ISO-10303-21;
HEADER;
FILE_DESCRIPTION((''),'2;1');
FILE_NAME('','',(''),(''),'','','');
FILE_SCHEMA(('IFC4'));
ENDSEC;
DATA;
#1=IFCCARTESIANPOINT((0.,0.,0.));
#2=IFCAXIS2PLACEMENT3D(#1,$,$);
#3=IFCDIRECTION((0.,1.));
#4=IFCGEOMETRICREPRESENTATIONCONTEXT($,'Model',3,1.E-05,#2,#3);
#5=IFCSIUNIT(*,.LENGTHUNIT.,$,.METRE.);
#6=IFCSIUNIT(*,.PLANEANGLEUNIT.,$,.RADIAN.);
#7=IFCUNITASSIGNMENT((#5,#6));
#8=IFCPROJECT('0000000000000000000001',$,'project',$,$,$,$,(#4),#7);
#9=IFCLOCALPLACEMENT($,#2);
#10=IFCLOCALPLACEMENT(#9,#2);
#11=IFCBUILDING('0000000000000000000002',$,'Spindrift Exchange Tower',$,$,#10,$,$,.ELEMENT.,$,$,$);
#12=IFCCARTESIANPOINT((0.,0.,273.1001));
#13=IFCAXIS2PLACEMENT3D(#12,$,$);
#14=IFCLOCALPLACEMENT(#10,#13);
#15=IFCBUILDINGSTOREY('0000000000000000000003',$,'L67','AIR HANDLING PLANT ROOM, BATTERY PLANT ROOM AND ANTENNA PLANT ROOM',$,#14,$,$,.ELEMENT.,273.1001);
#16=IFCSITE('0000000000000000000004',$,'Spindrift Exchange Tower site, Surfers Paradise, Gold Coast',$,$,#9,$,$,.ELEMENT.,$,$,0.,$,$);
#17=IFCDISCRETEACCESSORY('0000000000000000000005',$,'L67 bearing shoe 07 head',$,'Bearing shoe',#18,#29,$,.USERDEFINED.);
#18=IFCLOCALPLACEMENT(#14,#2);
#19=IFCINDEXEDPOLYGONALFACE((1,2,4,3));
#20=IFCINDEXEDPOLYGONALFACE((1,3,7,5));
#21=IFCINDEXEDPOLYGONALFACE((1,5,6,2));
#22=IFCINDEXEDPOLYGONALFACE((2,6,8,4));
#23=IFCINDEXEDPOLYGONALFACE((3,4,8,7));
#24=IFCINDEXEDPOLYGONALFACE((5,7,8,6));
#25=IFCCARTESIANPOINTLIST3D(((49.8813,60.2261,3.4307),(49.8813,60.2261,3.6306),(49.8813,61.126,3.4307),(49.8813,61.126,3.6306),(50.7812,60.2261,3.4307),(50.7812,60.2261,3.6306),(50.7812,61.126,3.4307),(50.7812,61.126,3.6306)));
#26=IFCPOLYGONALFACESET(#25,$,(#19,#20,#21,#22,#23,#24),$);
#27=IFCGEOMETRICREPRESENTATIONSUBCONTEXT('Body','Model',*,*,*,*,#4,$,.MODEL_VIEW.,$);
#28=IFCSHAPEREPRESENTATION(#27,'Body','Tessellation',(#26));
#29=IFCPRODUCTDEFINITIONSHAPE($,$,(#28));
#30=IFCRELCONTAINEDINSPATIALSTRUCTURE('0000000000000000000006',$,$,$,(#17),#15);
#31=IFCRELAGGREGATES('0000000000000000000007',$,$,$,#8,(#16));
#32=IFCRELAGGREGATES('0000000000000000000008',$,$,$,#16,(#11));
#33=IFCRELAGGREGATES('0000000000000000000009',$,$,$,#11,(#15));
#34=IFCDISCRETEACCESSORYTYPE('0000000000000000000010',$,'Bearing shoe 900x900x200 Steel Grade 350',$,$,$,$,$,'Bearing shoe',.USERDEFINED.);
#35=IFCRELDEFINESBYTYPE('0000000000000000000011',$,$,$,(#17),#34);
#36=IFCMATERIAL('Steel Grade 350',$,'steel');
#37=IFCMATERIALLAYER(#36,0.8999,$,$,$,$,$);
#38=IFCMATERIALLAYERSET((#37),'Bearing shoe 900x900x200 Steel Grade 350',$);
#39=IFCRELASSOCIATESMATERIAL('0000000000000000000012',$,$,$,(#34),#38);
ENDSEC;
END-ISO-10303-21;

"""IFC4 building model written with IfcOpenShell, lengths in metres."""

from ifc_helpers import new_model, si_unit, direction, frame, origin, origin_2d, place, context, subcontext, project, spatial, rectangle, extrude, source, transform, mapped, material, layer, layer_set, type_object, element, save


model = new_model("IFC4")

# Units and contexts
model_context = context("Model", 3, precision=1e-05, world=origin(), true_north=direction((0.0, 1.0)))
body_context = subcontext(model_context, "Body", "Model", "MODEL_VIEW")
ifc_project = project(units=[si_unit("LENGTHUNIT", "METRE"), si_unit("PLANEANGLEUNIT", "RADIAN")], contexts=[model_context])

# Site, building, storey
site_placement = place(None, origin())
site = spatial("IfcSite", under=ifc_project, at=site_placement, Name="Spindrift Exchange Tower site, Surfers Paradise, Gold Coast", CompositionType="ELEMENT", RefElevation=0.0)
building_placement = place(site_placement, origin())
building = spatial("IfcBuilding", under=site, at=building_placement, Name="Spindrift Exchange Tower", CompositionType="ELEMENT")
storey_placement = place(building_placement, frame((0.0, 0.0, 273.1001)))
storey = spatial("IfcBuildingStorey", under=building, at=storey_placement, Name="L67", Description="AIR HANDLING PLANT ROOM, BATTERY PLANT ROOM AND ANTENNA PLANT ROOM", CompositionType="ELEMENT", Elevation=273.1001)

# Discrete accessory
ifc_material_1 = material(Name="Steel Grade 350", Category="steel")
ifc_layer_1 = layer(ifc_material_1, 0.8999)
ifc_layer_set_1 = layer_set([ifc_layer_1], Name="Bearing shoe 900x900x200 Steel Grade 350")
discrete_accessory_type = type_object("IfcDiscreteAccessoryType", Name="Bearing shoe 900x900x200 Steel Grade 350", ElementType="Bearing shoe", PredefinedType="USERDEFINED", material=ifc_layer_set_1)
shared_shape_1 = source(origin(), body_context, "Body", "SweptSolid", [
    extrude(rectangle(XDim=0.8999, YDim=0.8999, at=origin_2d()), origin(), (0.0, 0.0, 1.0), 0.2),
])
for number, where, z_axis, x_axis, name in (
    (1, (50.3313, 60.676, 3.4307), (0.0, 0.0, 1.0), (1.0, 0.0, 0.0), "L67 bearing shoe 07 head"),
):
    element("IfcDiscreteAccessory", number, at=place(storey_placement, frame(where, z_axis=z_axis, x_axis=x_axis)), inside=storey, type_object=discrete_accessory_type, Name=name, ObjectType="Bearing shoe", PredefinedType="USERDEFINED", context=body_context, shape_type="MappedRepresentation", body=[
        mapped(shared_shape_1, transform((0.0, 0.0, 0.0), scale=1.0)),
    ])

save(model, "model.ifc")
